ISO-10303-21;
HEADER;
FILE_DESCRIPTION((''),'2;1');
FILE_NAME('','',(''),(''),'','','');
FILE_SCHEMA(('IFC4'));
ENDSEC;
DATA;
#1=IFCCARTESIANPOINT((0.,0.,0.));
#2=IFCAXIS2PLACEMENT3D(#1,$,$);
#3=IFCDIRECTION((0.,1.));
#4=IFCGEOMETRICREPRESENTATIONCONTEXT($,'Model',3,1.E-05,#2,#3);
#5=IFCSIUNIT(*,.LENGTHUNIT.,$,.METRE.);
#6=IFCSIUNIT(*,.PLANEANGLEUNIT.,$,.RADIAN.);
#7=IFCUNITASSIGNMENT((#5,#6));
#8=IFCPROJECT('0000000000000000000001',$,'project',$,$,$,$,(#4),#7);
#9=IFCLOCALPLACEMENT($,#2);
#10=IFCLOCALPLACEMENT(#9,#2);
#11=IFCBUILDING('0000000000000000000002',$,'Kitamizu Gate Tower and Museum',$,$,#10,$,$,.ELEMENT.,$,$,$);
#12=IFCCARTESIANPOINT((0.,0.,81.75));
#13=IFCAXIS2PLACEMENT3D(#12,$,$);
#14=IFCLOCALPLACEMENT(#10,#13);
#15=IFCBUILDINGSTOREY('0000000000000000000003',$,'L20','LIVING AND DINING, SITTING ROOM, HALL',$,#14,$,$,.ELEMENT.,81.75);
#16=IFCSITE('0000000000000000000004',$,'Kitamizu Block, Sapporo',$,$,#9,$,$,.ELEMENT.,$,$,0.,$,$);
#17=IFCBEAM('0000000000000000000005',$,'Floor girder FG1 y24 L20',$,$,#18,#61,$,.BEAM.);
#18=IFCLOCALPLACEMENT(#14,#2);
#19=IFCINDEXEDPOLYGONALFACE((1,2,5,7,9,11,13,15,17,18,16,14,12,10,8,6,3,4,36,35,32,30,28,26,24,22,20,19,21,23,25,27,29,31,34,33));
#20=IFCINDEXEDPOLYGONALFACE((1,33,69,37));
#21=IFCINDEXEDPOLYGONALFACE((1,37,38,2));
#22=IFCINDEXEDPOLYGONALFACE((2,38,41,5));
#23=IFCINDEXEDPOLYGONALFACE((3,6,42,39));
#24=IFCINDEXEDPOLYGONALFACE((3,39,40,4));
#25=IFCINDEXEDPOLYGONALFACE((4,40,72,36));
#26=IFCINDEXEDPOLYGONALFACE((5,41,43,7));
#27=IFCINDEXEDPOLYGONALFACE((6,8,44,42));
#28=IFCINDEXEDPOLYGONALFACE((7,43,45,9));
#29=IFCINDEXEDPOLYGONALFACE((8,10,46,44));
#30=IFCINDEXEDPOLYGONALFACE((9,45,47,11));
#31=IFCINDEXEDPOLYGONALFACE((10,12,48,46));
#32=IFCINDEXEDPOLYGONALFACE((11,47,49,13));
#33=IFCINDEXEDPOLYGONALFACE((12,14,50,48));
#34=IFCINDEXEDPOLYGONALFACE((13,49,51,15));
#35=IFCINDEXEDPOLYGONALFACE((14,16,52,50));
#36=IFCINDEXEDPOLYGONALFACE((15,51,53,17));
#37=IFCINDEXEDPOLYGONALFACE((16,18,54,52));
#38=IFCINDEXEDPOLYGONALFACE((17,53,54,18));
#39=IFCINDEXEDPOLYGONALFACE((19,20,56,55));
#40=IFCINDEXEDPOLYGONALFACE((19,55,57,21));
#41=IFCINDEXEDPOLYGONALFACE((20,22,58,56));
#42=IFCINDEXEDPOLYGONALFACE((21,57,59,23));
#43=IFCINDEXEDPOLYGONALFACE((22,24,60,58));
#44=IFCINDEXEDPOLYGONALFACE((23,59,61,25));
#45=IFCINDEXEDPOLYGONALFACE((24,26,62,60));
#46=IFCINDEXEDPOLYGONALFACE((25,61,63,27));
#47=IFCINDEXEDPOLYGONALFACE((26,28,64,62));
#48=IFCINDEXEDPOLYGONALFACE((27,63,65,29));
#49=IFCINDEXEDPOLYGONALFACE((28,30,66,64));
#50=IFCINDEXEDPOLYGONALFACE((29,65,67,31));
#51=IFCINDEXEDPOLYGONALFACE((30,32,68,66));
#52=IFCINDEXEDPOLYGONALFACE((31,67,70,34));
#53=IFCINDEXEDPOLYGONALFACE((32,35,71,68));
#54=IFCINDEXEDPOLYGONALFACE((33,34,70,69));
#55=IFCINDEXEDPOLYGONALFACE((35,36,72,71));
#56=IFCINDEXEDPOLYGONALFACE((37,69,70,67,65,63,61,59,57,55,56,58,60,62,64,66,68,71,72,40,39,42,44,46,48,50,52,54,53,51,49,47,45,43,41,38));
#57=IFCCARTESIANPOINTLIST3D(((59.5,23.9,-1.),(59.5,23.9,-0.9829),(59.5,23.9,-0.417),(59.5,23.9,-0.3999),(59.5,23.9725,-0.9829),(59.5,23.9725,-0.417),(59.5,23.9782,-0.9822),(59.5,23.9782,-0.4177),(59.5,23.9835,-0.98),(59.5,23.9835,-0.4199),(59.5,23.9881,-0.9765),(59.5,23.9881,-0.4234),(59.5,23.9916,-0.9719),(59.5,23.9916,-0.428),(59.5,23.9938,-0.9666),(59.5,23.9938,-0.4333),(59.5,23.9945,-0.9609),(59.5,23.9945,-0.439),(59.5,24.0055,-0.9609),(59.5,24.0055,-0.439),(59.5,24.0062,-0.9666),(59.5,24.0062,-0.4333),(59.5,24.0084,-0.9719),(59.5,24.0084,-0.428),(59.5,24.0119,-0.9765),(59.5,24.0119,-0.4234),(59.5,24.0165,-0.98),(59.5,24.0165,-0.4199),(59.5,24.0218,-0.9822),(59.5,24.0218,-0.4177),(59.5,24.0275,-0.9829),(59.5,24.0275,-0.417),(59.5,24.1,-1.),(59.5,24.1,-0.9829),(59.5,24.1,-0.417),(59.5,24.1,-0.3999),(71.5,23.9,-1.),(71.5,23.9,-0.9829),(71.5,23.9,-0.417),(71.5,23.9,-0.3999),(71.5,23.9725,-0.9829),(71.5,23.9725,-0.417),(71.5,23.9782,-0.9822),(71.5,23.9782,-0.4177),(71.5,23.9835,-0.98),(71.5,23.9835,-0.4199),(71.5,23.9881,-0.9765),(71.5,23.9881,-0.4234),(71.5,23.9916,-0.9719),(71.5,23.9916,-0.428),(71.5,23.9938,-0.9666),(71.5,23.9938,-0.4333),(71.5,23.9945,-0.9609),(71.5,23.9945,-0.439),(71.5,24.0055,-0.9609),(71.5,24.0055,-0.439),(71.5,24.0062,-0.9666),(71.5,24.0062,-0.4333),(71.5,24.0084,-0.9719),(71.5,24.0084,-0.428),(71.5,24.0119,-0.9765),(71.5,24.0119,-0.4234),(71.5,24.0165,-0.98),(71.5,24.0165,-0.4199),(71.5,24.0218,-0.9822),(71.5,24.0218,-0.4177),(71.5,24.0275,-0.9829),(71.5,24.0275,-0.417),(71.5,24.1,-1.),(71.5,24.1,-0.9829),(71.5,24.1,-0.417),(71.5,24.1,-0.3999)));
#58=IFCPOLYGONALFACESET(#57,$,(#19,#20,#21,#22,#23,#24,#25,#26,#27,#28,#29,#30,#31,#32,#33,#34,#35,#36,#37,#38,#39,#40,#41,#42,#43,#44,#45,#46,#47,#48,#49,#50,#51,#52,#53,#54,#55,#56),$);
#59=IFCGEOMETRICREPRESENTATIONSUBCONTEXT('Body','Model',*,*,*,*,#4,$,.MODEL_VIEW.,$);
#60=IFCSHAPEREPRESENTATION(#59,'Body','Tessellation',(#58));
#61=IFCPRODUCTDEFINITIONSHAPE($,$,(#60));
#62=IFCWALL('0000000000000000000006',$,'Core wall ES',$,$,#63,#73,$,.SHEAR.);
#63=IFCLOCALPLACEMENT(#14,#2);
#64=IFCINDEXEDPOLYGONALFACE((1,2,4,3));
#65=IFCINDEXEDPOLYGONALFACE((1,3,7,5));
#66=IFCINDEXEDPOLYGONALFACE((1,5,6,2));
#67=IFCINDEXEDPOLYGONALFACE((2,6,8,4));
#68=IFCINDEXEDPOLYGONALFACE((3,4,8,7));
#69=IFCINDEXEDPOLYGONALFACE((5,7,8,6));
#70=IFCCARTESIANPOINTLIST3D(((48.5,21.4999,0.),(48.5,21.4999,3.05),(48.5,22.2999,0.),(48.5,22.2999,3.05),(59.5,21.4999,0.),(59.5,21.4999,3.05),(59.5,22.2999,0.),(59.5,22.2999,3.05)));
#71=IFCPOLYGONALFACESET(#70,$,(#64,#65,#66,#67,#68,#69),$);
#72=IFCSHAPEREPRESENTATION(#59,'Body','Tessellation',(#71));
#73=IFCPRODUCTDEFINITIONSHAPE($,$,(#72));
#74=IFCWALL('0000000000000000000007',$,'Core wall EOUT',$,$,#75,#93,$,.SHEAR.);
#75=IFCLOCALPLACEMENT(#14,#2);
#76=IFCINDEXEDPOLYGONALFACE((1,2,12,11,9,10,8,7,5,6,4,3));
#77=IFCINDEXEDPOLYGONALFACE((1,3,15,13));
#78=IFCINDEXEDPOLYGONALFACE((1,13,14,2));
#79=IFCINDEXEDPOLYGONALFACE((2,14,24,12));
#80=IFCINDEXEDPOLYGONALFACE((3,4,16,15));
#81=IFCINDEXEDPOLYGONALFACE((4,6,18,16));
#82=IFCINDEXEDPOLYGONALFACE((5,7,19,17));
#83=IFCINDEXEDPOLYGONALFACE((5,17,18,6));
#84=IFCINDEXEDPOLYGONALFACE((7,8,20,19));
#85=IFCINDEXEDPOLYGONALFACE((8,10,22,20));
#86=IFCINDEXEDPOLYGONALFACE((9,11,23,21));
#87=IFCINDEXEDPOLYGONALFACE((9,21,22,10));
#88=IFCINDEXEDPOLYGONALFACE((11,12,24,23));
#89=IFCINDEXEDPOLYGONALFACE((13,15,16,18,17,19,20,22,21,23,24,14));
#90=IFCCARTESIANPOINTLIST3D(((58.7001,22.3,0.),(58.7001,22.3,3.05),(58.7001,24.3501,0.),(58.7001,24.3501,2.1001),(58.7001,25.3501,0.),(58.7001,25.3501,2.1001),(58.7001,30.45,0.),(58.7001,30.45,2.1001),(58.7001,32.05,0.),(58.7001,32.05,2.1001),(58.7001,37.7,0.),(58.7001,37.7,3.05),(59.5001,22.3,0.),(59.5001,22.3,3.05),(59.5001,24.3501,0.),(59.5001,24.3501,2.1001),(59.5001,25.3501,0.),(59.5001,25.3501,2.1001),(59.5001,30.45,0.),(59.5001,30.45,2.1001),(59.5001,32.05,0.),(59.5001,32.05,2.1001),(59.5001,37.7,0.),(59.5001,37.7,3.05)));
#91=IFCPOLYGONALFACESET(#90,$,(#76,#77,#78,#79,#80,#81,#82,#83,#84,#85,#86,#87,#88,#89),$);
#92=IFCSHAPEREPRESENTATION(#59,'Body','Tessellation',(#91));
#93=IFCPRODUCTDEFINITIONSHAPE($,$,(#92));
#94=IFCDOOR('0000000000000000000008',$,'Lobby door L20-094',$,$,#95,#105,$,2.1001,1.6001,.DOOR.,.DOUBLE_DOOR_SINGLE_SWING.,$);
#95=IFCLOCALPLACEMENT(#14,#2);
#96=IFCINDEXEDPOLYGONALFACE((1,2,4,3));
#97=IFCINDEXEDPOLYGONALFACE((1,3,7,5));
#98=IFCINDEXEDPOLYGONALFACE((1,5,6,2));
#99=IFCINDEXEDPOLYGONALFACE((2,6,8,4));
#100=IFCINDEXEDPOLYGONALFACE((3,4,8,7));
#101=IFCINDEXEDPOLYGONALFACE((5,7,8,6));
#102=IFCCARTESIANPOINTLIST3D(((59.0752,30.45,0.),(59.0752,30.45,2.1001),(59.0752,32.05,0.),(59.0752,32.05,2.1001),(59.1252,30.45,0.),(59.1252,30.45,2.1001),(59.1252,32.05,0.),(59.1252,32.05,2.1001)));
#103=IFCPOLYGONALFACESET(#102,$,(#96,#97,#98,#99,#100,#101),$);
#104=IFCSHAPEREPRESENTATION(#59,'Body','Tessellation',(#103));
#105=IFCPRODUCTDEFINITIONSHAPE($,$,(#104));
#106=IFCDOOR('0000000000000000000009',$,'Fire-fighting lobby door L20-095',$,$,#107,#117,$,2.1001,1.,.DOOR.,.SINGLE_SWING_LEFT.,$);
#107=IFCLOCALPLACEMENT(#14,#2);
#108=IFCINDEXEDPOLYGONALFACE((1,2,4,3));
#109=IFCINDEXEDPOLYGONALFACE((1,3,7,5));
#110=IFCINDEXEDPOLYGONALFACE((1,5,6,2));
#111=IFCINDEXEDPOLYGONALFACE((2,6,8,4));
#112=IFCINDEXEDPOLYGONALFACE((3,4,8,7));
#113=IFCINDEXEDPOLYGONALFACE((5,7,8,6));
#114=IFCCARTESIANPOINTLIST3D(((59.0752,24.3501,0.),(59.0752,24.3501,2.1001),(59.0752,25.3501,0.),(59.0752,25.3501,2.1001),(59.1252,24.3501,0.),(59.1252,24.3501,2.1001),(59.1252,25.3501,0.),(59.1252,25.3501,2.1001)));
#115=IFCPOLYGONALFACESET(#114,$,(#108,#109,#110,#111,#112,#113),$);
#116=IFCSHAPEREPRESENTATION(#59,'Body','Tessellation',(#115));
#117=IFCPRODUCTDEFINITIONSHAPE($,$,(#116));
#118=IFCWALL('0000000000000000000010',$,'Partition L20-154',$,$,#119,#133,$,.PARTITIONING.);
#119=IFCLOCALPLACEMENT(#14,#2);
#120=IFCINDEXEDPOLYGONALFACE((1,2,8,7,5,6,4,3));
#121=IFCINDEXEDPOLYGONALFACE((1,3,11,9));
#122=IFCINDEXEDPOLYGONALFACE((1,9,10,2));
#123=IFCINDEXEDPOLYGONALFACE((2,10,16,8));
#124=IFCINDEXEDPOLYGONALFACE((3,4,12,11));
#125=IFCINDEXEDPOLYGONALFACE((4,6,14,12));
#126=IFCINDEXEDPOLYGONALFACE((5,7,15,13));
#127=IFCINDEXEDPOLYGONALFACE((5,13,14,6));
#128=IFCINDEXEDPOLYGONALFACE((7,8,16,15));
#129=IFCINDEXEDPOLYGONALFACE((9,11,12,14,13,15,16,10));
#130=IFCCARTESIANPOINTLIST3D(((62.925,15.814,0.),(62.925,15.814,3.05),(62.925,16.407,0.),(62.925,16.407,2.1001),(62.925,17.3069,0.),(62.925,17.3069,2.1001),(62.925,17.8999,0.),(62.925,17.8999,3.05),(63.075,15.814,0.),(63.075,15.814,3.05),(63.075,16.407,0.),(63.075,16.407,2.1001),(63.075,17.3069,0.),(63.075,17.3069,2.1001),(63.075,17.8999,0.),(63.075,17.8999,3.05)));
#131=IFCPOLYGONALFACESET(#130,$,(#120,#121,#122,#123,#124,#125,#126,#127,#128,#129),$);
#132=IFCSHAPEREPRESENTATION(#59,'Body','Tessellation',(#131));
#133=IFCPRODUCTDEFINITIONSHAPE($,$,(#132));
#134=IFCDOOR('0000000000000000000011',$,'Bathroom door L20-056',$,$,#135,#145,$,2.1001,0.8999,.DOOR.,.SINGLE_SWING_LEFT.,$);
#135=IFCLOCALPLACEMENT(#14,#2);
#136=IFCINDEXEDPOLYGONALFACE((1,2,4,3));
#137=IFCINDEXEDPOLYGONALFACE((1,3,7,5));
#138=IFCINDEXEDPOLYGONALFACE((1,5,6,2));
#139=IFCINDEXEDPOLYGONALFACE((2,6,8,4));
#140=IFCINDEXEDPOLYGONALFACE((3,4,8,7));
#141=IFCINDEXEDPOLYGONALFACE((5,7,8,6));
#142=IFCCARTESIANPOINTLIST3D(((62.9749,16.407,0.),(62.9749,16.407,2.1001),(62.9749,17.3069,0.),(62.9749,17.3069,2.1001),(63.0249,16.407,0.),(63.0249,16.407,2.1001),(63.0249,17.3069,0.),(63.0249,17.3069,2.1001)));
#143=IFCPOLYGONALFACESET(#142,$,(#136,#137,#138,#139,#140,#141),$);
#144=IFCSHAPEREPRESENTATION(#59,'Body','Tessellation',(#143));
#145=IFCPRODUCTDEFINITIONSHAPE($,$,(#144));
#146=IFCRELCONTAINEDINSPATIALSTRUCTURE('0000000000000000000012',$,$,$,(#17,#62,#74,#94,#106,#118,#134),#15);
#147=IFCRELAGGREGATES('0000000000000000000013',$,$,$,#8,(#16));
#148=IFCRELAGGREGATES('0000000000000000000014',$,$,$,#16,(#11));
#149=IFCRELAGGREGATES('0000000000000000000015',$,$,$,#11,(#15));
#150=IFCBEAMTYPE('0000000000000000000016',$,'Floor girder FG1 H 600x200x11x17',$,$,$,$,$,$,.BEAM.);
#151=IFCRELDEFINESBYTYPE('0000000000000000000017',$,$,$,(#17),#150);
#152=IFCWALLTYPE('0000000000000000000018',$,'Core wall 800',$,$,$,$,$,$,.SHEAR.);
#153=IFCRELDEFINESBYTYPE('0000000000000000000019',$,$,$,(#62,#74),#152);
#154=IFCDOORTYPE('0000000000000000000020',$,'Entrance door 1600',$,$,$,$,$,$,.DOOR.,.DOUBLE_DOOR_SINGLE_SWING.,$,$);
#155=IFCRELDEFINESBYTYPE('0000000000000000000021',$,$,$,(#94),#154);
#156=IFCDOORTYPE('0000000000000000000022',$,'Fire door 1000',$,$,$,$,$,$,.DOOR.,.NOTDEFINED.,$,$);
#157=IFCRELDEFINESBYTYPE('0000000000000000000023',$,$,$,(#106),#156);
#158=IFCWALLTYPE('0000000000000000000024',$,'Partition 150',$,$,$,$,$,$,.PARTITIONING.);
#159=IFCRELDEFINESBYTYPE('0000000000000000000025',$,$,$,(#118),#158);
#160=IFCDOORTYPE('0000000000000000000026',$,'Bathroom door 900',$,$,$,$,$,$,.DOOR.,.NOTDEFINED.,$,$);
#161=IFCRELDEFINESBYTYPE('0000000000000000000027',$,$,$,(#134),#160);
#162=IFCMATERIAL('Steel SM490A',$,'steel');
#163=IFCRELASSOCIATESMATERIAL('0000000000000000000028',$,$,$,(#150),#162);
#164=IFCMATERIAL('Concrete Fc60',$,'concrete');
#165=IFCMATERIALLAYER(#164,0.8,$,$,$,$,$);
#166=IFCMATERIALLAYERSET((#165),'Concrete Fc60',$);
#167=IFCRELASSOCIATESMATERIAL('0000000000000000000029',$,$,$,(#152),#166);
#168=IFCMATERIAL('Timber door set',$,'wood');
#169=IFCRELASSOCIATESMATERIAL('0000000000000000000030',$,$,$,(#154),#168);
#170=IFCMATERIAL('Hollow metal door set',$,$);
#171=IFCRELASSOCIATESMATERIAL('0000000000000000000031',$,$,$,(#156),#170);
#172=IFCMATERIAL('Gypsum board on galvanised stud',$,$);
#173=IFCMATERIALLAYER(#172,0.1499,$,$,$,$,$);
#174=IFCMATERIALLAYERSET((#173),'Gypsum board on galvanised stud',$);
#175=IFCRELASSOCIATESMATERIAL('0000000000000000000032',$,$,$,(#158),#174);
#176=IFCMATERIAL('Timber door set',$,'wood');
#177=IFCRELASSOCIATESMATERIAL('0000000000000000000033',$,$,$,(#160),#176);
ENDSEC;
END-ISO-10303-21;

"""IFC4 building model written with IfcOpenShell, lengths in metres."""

from ifc_helpers import new_model, si_unit, direction, frame, frame_2d, origin, origin_2d, place, context, subcontext, project, spatial, rectangle, i_section, extrude, material, layer, layer_set, material_profile, profile_set, type_object, element, fill, save


model = new_model("IFC4")

# Units and contexts
model_context = context("Model", 3, precision=1e-05, world=origin(), true_north=direction((0.0, 1.0)))
body_context = subcontext(model_context, "Body", "Model", "MODEL_VIEW")
ifc_project = project(units=[si_unit("LENGTHUNIT", "METRE"), si_unit("PLANEANGLEUNIT", "RADIAN")], contexts=[model_context])

# Site, building, storey
site_placement = place(None, origin())
site = spatial("IfcSite", under=ifc_project, at=site_placement, Name="Kitamizu Block, Sapporo", CompositionType="ELEMENT", RefElevation=0.0)
building_placement = place(site_placement, origin())
building = spatial("IfcBuilding", under=site, at=building_placement, Name="Kitamizu Gate Tower and Museum", CompositionType="ELEMENT")
storey_placement = place(building_placement, frame((0.0, 0.0, 81.75)))
storey = spatial("IfcBuildingStorey", under=building, at=storey_placement, Name="L20", Description="LIVING AND DINING, SITTING ROOM, HALL", CompositionType="ELEMENT", Elevation=81.75)

# Beam
ifc_material_1 = material(Name="Steel SM490A", Category="steel")
ifc_material_profile = material_profile(ifc_material_1, i_section(OverallWidth=0.2, OverallDepth=0.6001, WebThickness=0.011, FlangeThickness=0.0171, FilletRadius=0.022, at=origin_2d()), Name="H-600x200x11x17")
ifc_profile_set = profile_set([ifc_material_profile], Name="Steel SM490A")
beam_type = type_object("IfcBeamType", Name="Floor girder FG1 H 600x200x11x17", PredefinedType="BEAM", material=ifc_profile_set)
beam_placement = place(storey_placement, frame((59.5, 24.0, -0.7), z_axis=(1.0, 0.0, 0.0), x_axis=(0.0, 1.0, 0.0)))
element("IfcBeam", 1, at=beam_placement, inside=storey, type_object=beam_type, Name="Floor girder FG1 y24 L20", PredefinedType="BEAM", context=body_context, shape_type="SweptSolid", body=[
    extrude(i_section(OverallWidth=0.2, OverallDepth=0.6001, WebThickness=0.011, FlangeThickness=0.0171, FilletRadius=0.022, at=origin_2d()), origin(), (0.0, 0.0, 1.0), 12.0),
])

# Wall
ifc_material_2 = material(Name="Concrete Fc60", Category="concrete")
ifc_layer_1 = layer(ifc_material_2, 0.8)
ifc_layer_set_1 = layer_set([ifc_layer_1], Name="Concrete Fc60")
wall_type_1 = type_object("IfcWallType", Name="Core wall 800", PredefinedType="SHEAR", material=ifc_layer_set_1)
wall_1_placement = place(storey_placement, frame((59.5, 21.8999, 0.0), z_axis=(0.0, 0.0, 1.0), x_axis=(-1.0, 0.0, 0.0)))
element("IfcWall", 2, at=wall_1_placement, inside=storey, type_object=wall_type_1, Name="Core wall ES", PredefinedType="SHEAR", context=body_context, shape_type="SweptSolid", body=[
    extrude(rectangle(XDim=11.0, YDim=0.8, at=frame_2d((5.5, 0.0))), origin(), (0.0, 0.0, 1.0), 3.05),
])

# Wall, openings, doors
wall_2_placement = place(storey_placement, frame((59.1001, 22.3, 0.0), z_axis=(0.0, 0.0, 1.0), x_axis=(0.0, 1.0, 0.0)))
wall_2 = element("IfcWall", 3, at=wall_2_placement, inside=storey, type_object=wall_type_1, Name="Core wall EOUT", PredefinedType="SHEAR", context=body_context, shape_type="SweptSolid", body=[
    extrude(rectangle(XDim=15.3999, YDim=0.8, at=frame_2d((7.7, 0.0))), origin(), (0.0, 0.0, 1.0), 3.05),
])
opening_1_placement = place(wall_2_placement, frame((8.1499, 0.0, 0.0)))
opening_1 = element("IfcOpeningElement", 4, at=opening_1_placement, cuts=wall_2, PredefinedType="OPENING", context=body_context, shape_type="SweptSolid", body=[
    extrude(rectangle(XDim=1.6001, YDim=2.1001, at=frame_2d((0.8, 1.05))), frame((0.0, 0.4102, 0.0), z_axis=(0.0, -1.0, 0.0), x_axis=(1.0, 0.0, 0.0)), (0.0, 0.0, 1.0), 0.8201),
])
opening_2_placement = place(wall_2_placement, frame((2.05, 0.0, 0.0)))
opening_2 = element("IfcOpeningElement", 5, at=opening_2_placement, cuts=wall_2, PredefinedType="OPENING", context=body_context, shape_type="SweptSolid", body=[
    extrude(rectangle(XDim=1.0, YDim=2.1001, at=frame_2d((0.5, 1.05))), frame((0.0, 0.4102, 0.0), z_axis=(0.0, -1.0, 0.0), x_axis=(1.0, 0.0, 0.0)), (0.0, 0.0, 1.0), 0.8201),
])
ifc_material_3 = material(Name="Timber door set", Category="wood")
door_type_1 = type_object("IfcDoorType", Name="Entrance door 1600", OperationType="DOUBLE_DOOR_SINGLE_SWING", PredefinedType="DOOR", material=ifc_material_3)
door_1_placement = place(opening_1_placement, origin())
door_1 = element("IfcDoor", 6, at=door_1_placement, inside=storey, type_object=door_type_1, Name="Lobby door L20-094", OperationType="DOUBLE_DOOR_SINGLE_SWING", OverallHeight=2.1001, OverallWidth=1.6001, PredefinedType="DOOR", context=body_context, shape_type="SweptSolid", body=[
    extrude(rectangle(XDim=1.6001, YDim=2.1001, at=frame_2d((0.8, 1.05))), frame((0.0, 0.0249, 0.0), z_axis=(0.0, -1.0, 0.0), x_axis=(1.0, 0.0, 0.0)), (0.0, 0.0, 1.0), 0.05),
])
fill(opening_1, door_1)
ifc_material_4 = material(Name="Hollow metal door set")
door_type_2 = type_object("IfcDoorType", Name="Fire door 1000", OperationType="NOTDEFINED", PredefinedType="DOOR", material=ifc_material_4)
door_2_placement = place(opening_2_placement, origin())
door_2 = element("IfcDoor", 7, at=door_2_placement, inside=storey, type_object=door_type_2, Name="Fire-fighting lobby door L20-095", OperationType="SINGLE_SWING_LEFT", OverallHeight=2.1001, OverallWidth=1.0, PredefinedType="DOOR", context=body_context, shape_type="SweptSolid", body=[
    extrude(rectangle(XDim=1.0, YDim=2.1001, at=frame_2d((0.5, 1.05))), frame((0.0, 0.0249, 0.0), z_axis=(0.0, -1.0, 0.0), x_axis=(1.0, 0.0, 0.0)), (0.0, 0.0, 1.0), 0.05),
])
fill(opening_2, door_2)

# Wall, opening, door
ifc_material_5 = material(Name="Gypsum board on galvanised stud")
ifc_layer_2 = layer(ifc_material_5, 0.1499)
ifc_layer_set_2 = layer_set([ifc_layer_2], Name="Gypsum board on galvanised stud")
wall_type_2 = type_object("IfcWallType", Name="Partition 150", PredefinedType="PARTITIONING", material=ifc_layer_set_2)
wall_3_placement = place(storey_placement, frame((63.0, 15.814, 0.0), z_axis=(0.0, 0.0, 1.0), x_axis=(0.0, 1.0, 0.0)))
wall_3 = element("IfcWall", 8, at=wall_3_placement, inside=storey, type_object=wall_type_2, Name="Partition L20-154", PredefinedType="PARTITIONING", context=body_context, shape_type="SweptSolid", body=[
    extrude(rectangle(XDim=2.0859, YDim=0.1499, at=frame_2d((1.043, 0.0))), origin(), (0.0, 0.0, 1.0), 3.05),
])
opening_3_placement = place(wall_3_placement, frame((0.593, 0.0, 0.0)))
opening_3 = element("IfcOpeningElement", 9, at=opening_3_placement, cuts=wall_3, PredefinedType="OPENING", context=body_context, shape_type="SweptSolid", body=[
    extrude(rectangle(XDim=0.8999, YDim=2.1001, at=frame_2d((0.45, 1.05))), frame((0.0, 0.085, 0.0), z_axis=(0.0, -1.0, 0.0), x_axis=(1.0, 0.0, 0.0)), (0.0, 0.0, 1.0), 0.1699),
])
ifc_material_6 = material(Name="Timber door set", Category="wood")
door_type_3 = type_object("IfcDoorType", Name="Bathroom door 900", OperationType="NOTDEFINED", PredefinedType="DOOR", material=ifc_material_6)
door_3_placement = place(opening_3_placement, frame((0.8999, 0.0, 0.0), x_axis=(-1.0, 0.0, 0.0)))
door_3 = element("IfcDoor", 10, at=door_3_placement, inside=storey, type_object=door_type_3, Name="Bathroom door L20-056", OperationType="SINGLE_SWING_LEFT", OverallHeight=2.1001, OverallWidth=0.8999, PredefinedType="DOOR", context=body_context, shape_type="SweptSolid", body=[
    extrude(rectangle(XDim=0.8999, YDim=2.1001, at=frame_2d((0.45, 1.05))), frame((0.0, 0.0249, 0.0), z_axis=(0.0, -1.0, 0.0), x_axis=(1.0, 0.0, 0.0)), (0.0, 0.0, 1.0), 0.05),
])
fill(opening_3, door_3)

save(model, "model.ifc")
